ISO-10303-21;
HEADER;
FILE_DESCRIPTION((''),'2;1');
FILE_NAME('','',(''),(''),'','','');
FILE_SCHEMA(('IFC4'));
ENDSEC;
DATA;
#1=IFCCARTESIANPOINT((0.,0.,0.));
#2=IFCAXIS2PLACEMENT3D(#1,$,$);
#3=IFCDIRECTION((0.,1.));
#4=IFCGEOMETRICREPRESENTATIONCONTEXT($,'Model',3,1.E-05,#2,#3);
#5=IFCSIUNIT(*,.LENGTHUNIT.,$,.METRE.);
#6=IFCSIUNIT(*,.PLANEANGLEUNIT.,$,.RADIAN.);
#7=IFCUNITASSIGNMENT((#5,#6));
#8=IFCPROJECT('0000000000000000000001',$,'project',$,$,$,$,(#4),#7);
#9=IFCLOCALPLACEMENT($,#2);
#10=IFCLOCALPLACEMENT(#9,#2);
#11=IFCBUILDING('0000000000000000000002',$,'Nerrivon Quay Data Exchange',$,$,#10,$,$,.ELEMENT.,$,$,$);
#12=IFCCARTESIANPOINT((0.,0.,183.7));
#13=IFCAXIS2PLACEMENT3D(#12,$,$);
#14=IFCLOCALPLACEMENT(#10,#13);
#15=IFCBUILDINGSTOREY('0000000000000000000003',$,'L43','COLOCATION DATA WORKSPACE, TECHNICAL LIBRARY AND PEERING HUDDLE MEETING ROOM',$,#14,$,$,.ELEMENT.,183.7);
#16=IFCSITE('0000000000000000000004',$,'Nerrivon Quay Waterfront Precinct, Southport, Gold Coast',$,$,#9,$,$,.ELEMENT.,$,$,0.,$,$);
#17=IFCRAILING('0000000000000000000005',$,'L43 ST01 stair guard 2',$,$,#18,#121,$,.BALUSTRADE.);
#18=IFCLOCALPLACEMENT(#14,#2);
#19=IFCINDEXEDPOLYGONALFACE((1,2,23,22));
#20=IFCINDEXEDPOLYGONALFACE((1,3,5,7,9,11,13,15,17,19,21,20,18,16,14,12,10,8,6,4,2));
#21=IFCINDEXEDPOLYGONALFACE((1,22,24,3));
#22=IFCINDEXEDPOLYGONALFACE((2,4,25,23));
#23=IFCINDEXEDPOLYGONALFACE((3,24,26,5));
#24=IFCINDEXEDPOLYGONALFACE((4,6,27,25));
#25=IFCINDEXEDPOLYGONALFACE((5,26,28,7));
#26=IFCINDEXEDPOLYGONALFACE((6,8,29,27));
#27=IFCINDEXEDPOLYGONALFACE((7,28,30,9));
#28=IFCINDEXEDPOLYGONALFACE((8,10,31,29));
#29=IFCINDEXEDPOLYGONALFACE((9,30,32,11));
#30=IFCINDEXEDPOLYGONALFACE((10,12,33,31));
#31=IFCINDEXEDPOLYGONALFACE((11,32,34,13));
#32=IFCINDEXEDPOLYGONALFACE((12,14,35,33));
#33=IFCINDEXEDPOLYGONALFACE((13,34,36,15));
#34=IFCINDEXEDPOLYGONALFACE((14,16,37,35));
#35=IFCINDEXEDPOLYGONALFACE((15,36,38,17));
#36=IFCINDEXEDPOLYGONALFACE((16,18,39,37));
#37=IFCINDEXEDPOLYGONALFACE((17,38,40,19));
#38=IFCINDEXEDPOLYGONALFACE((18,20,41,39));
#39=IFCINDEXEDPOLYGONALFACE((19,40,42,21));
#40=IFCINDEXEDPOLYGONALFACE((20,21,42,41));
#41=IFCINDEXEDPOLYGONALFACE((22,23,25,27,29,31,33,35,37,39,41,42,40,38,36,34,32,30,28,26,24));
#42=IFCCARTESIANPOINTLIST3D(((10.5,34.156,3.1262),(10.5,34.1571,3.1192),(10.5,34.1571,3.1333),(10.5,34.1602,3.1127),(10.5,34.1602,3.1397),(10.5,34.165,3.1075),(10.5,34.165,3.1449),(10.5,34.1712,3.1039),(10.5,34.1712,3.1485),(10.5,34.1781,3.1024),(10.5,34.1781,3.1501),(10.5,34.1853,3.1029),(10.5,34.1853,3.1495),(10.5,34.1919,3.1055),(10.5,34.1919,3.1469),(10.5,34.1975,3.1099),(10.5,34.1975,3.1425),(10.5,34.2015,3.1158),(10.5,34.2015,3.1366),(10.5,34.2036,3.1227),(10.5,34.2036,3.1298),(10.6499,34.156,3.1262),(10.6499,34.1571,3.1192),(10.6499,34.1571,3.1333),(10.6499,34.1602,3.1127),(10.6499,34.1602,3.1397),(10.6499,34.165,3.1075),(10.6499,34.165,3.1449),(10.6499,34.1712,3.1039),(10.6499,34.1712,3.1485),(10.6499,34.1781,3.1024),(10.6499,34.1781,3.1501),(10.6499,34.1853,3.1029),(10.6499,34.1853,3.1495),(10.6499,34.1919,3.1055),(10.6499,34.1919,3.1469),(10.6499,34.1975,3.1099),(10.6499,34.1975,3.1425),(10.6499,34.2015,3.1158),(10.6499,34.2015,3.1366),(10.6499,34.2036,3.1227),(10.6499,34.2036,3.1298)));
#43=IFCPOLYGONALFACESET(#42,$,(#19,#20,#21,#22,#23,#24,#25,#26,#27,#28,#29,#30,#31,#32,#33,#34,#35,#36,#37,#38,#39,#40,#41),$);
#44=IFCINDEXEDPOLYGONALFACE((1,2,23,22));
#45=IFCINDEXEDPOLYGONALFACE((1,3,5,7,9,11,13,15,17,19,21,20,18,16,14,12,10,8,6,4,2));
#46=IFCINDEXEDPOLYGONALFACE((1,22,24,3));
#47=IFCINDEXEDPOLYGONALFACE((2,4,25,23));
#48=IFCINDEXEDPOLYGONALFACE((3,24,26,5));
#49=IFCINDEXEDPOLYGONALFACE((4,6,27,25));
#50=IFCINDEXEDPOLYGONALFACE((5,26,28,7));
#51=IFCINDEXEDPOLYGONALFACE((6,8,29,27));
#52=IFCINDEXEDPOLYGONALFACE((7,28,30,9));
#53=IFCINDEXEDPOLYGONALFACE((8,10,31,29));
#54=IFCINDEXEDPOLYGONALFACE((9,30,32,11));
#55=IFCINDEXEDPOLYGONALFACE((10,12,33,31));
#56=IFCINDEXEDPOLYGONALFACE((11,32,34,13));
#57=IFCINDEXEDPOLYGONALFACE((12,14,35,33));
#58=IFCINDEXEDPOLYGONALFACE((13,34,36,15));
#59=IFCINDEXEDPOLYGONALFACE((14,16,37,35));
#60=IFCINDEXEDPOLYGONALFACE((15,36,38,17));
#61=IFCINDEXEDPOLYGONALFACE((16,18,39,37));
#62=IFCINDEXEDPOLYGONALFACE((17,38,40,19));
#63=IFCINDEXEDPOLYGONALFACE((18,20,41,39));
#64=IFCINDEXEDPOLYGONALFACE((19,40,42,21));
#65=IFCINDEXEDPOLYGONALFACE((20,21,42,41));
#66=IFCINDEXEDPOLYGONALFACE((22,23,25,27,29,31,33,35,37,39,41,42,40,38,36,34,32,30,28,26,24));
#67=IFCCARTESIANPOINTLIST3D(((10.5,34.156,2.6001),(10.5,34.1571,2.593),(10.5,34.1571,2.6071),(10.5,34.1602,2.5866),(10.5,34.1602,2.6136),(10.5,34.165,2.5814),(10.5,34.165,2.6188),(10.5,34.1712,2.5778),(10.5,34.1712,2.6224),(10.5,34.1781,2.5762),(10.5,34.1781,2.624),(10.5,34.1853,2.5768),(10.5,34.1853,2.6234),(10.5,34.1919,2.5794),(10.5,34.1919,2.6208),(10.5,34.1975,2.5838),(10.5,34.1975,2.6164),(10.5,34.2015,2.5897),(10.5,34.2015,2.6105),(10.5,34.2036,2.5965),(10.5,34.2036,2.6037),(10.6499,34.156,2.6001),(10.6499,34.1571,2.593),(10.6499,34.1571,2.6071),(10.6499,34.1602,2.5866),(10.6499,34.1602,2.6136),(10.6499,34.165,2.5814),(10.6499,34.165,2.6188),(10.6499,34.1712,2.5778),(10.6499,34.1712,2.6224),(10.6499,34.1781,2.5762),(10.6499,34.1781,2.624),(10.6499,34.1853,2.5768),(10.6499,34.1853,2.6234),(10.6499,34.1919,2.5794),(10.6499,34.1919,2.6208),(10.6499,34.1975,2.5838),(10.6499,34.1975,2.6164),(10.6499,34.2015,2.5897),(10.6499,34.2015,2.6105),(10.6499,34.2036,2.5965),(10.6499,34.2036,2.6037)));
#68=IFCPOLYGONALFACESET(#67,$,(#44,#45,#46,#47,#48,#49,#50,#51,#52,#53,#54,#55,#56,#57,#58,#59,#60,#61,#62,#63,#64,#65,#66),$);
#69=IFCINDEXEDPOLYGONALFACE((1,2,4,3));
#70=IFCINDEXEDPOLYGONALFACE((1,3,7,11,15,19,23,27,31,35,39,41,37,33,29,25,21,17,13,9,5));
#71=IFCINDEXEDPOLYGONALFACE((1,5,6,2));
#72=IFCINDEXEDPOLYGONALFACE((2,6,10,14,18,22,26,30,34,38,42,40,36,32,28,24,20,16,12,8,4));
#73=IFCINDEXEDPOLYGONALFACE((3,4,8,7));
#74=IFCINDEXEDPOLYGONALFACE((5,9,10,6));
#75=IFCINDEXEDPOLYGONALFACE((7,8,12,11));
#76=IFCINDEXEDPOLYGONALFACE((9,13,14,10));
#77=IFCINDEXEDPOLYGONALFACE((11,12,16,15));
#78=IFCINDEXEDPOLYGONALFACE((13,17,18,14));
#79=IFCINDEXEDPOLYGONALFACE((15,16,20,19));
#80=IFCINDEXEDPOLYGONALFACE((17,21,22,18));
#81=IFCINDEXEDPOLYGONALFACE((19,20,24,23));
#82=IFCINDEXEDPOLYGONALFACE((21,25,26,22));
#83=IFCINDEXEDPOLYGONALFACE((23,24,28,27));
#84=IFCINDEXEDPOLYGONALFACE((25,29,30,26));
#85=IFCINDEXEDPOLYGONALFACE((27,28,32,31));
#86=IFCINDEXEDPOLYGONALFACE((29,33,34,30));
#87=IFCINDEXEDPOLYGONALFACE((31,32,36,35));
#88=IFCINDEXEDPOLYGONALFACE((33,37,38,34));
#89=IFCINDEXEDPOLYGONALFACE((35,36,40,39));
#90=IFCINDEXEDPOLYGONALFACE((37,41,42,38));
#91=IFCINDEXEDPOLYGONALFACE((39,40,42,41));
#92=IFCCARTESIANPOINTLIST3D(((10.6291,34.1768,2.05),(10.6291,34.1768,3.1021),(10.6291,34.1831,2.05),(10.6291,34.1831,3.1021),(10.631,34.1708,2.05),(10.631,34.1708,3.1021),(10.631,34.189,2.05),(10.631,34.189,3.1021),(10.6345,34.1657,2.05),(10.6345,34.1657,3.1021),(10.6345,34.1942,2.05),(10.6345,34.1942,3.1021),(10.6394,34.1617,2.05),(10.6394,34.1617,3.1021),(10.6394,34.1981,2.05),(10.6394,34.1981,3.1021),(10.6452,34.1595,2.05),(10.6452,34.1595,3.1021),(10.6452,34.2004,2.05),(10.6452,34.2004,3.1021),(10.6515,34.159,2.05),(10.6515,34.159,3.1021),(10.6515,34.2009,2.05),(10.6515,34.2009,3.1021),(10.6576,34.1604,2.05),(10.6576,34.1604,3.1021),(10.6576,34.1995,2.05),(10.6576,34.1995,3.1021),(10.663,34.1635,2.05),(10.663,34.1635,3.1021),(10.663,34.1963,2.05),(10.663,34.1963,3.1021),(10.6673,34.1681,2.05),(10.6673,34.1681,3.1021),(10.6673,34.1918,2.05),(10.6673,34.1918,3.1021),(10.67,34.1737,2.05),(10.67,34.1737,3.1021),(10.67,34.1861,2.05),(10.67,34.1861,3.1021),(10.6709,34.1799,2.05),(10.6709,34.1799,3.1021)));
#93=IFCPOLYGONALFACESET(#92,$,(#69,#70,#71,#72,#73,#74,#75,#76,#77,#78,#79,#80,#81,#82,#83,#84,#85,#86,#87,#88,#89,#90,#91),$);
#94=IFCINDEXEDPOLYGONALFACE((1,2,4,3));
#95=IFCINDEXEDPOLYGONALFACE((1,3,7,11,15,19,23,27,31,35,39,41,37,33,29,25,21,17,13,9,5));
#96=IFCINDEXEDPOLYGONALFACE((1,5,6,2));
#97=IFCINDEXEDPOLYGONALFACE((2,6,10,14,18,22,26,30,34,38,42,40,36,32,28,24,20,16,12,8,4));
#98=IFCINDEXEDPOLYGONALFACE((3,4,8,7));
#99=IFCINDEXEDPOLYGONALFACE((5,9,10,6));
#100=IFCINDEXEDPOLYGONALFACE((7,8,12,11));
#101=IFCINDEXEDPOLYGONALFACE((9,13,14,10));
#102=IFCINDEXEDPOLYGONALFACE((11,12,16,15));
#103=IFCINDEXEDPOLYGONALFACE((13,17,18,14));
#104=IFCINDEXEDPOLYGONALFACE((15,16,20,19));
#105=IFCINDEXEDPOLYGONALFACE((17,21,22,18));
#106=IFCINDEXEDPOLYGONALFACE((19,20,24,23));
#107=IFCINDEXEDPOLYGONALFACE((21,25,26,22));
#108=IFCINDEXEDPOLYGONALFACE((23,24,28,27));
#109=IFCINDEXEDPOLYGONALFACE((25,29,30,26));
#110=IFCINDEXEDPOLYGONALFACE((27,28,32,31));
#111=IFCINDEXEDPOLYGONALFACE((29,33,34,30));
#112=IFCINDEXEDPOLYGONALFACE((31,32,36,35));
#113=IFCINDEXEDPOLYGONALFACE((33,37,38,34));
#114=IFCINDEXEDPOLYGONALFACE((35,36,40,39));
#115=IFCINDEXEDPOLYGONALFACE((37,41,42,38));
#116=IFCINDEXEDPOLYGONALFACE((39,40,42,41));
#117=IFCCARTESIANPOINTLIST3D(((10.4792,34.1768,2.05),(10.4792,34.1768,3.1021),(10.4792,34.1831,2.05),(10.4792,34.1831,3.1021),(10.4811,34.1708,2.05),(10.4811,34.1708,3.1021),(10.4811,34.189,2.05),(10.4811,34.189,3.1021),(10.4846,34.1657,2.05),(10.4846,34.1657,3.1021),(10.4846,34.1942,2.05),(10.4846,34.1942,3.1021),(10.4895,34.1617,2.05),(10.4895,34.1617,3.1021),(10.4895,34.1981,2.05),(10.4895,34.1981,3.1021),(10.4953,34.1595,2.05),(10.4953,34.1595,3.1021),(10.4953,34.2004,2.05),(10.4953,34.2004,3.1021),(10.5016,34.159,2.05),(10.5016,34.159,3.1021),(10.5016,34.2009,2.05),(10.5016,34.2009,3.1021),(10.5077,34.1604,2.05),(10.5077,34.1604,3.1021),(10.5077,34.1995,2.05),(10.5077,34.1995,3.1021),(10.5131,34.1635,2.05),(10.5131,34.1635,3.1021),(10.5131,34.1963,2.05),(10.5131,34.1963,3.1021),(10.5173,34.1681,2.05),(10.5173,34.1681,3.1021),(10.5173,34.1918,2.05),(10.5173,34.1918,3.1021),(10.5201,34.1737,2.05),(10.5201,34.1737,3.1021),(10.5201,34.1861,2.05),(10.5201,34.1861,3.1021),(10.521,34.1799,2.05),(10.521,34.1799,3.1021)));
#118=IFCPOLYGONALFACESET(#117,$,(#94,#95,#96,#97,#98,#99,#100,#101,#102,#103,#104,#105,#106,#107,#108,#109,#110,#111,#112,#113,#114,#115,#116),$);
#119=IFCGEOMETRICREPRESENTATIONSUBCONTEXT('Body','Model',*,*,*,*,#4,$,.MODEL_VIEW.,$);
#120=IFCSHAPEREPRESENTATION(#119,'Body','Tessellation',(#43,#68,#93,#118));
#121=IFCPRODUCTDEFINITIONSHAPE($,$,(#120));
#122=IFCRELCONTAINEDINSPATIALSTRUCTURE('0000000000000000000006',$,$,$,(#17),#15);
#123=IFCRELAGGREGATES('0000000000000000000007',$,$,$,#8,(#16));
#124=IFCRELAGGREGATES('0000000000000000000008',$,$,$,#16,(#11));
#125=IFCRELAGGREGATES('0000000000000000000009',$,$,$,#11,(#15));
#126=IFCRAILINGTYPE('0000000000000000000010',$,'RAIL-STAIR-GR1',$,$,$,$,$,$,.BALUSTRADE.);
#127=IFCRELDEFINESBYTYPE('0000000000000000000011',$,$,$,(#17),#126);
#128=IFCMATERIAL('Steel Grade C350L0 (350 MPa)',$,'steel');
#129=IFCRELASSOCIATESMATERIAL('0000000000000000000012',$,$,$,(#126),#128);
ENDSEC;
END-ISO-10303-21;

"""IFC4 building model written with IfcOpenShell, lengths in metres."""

from ifc_helpers import new_model, si_unit, direction, frame, origin, origin_2d, place, context, subcontext, project, spatial, circle, extrude, material, type_object, element, save


model = new_model("IFC4")

# Units and contexts
model_context = context("Model", 3, precision=1e-05, world=origin(), true_north=direction((0.0, 1.0)))
body_context = subcontext(model_context, "Body", "Model", "MODEL_VIEW")
ifc_project = project(units=[si_unit("LENGTHUNIT", "METRE"), si_unit("PLANEANGLEUNIT", "RADIAN")], contexts=[model_context])

# Site, building, storey
site_placement = place(None, origin())
site = spatial("IfcSite", under=ifc_project, at=site_placement, Name="Nerrivon Quay Waterfront Precinct, Southport, Gold Coast", CompositionType="ELEMENT", RefElevation=0.0)
building_placement = place(site_placement, origin())
building = spatial("IfcBuilding", under=site, at=building_placement, Name="Nerrivon Quay Data Exchange", CompositionType="ELEMENT")
storey_placement = place(building_placement, frame((0.0, 0.0, 183.7)))
storey = spatial("IfcBuildingStorey", under=building, at=storey_placement, Name="L43", Description="COLOCATION DATA WORKSPACE, TECHNICAL LIBRARY AND PEERING HUDDLE MEETING ROOM", CompositionType="ELEMENT", Elevation=183.7)

# Shared definitions
ifc_material_1 = material(Name="Steel Grade C350L0 (350 MPa)", Category="steel")

# Railing
railing_type = type_object("IfcRailingType", Name="RAIL-STAIR-GR1", PredefinedType="BALUSTRADE", material=ifc_material_1)
railing_1_placement = place(storey_placement, frame((10.6499, 34.1799, 2.05)))
element("IfcRailing", 1, at=railing_1_placement, inside=storey, type_object=railing_type, Name="L43 ST01 stair guard 2", PredefinedType="BALUSTRADE", context=body_context, shape_type="SweptSolid", body=[
    extrude(circle(Radius=0.0239, at=origin_2d()), frame((0.0, 0.0, 1.0762), z_axis=(-1.0, 0.0, 0.0), x_axis=(0.0, -1.0, 0.0)), (0.0, 0.0, 1.0), 0.1499),
    extrude(circle(Radius=0.0239, at=origin_2d()), frame((0.0, 0.0, 0.55), z_axis=(-1.0, 0.0, 0.0), x_axis=(0.0, -1.0, 0.0)), (0.0, 0.0, 1.0), 0.1499),
    extrude(circle(Radius=0.021, at=origin_2d()), origin(), (0.0, 0.0, 1.0), 1.052),
    extrude(circle(Radius=0.021, at=origin_2d()), frame((-0.1499, 0.0, 0.0)), (0.0, 0.0, 1.0), 1.052),
])

save(model, "model.ifc")
